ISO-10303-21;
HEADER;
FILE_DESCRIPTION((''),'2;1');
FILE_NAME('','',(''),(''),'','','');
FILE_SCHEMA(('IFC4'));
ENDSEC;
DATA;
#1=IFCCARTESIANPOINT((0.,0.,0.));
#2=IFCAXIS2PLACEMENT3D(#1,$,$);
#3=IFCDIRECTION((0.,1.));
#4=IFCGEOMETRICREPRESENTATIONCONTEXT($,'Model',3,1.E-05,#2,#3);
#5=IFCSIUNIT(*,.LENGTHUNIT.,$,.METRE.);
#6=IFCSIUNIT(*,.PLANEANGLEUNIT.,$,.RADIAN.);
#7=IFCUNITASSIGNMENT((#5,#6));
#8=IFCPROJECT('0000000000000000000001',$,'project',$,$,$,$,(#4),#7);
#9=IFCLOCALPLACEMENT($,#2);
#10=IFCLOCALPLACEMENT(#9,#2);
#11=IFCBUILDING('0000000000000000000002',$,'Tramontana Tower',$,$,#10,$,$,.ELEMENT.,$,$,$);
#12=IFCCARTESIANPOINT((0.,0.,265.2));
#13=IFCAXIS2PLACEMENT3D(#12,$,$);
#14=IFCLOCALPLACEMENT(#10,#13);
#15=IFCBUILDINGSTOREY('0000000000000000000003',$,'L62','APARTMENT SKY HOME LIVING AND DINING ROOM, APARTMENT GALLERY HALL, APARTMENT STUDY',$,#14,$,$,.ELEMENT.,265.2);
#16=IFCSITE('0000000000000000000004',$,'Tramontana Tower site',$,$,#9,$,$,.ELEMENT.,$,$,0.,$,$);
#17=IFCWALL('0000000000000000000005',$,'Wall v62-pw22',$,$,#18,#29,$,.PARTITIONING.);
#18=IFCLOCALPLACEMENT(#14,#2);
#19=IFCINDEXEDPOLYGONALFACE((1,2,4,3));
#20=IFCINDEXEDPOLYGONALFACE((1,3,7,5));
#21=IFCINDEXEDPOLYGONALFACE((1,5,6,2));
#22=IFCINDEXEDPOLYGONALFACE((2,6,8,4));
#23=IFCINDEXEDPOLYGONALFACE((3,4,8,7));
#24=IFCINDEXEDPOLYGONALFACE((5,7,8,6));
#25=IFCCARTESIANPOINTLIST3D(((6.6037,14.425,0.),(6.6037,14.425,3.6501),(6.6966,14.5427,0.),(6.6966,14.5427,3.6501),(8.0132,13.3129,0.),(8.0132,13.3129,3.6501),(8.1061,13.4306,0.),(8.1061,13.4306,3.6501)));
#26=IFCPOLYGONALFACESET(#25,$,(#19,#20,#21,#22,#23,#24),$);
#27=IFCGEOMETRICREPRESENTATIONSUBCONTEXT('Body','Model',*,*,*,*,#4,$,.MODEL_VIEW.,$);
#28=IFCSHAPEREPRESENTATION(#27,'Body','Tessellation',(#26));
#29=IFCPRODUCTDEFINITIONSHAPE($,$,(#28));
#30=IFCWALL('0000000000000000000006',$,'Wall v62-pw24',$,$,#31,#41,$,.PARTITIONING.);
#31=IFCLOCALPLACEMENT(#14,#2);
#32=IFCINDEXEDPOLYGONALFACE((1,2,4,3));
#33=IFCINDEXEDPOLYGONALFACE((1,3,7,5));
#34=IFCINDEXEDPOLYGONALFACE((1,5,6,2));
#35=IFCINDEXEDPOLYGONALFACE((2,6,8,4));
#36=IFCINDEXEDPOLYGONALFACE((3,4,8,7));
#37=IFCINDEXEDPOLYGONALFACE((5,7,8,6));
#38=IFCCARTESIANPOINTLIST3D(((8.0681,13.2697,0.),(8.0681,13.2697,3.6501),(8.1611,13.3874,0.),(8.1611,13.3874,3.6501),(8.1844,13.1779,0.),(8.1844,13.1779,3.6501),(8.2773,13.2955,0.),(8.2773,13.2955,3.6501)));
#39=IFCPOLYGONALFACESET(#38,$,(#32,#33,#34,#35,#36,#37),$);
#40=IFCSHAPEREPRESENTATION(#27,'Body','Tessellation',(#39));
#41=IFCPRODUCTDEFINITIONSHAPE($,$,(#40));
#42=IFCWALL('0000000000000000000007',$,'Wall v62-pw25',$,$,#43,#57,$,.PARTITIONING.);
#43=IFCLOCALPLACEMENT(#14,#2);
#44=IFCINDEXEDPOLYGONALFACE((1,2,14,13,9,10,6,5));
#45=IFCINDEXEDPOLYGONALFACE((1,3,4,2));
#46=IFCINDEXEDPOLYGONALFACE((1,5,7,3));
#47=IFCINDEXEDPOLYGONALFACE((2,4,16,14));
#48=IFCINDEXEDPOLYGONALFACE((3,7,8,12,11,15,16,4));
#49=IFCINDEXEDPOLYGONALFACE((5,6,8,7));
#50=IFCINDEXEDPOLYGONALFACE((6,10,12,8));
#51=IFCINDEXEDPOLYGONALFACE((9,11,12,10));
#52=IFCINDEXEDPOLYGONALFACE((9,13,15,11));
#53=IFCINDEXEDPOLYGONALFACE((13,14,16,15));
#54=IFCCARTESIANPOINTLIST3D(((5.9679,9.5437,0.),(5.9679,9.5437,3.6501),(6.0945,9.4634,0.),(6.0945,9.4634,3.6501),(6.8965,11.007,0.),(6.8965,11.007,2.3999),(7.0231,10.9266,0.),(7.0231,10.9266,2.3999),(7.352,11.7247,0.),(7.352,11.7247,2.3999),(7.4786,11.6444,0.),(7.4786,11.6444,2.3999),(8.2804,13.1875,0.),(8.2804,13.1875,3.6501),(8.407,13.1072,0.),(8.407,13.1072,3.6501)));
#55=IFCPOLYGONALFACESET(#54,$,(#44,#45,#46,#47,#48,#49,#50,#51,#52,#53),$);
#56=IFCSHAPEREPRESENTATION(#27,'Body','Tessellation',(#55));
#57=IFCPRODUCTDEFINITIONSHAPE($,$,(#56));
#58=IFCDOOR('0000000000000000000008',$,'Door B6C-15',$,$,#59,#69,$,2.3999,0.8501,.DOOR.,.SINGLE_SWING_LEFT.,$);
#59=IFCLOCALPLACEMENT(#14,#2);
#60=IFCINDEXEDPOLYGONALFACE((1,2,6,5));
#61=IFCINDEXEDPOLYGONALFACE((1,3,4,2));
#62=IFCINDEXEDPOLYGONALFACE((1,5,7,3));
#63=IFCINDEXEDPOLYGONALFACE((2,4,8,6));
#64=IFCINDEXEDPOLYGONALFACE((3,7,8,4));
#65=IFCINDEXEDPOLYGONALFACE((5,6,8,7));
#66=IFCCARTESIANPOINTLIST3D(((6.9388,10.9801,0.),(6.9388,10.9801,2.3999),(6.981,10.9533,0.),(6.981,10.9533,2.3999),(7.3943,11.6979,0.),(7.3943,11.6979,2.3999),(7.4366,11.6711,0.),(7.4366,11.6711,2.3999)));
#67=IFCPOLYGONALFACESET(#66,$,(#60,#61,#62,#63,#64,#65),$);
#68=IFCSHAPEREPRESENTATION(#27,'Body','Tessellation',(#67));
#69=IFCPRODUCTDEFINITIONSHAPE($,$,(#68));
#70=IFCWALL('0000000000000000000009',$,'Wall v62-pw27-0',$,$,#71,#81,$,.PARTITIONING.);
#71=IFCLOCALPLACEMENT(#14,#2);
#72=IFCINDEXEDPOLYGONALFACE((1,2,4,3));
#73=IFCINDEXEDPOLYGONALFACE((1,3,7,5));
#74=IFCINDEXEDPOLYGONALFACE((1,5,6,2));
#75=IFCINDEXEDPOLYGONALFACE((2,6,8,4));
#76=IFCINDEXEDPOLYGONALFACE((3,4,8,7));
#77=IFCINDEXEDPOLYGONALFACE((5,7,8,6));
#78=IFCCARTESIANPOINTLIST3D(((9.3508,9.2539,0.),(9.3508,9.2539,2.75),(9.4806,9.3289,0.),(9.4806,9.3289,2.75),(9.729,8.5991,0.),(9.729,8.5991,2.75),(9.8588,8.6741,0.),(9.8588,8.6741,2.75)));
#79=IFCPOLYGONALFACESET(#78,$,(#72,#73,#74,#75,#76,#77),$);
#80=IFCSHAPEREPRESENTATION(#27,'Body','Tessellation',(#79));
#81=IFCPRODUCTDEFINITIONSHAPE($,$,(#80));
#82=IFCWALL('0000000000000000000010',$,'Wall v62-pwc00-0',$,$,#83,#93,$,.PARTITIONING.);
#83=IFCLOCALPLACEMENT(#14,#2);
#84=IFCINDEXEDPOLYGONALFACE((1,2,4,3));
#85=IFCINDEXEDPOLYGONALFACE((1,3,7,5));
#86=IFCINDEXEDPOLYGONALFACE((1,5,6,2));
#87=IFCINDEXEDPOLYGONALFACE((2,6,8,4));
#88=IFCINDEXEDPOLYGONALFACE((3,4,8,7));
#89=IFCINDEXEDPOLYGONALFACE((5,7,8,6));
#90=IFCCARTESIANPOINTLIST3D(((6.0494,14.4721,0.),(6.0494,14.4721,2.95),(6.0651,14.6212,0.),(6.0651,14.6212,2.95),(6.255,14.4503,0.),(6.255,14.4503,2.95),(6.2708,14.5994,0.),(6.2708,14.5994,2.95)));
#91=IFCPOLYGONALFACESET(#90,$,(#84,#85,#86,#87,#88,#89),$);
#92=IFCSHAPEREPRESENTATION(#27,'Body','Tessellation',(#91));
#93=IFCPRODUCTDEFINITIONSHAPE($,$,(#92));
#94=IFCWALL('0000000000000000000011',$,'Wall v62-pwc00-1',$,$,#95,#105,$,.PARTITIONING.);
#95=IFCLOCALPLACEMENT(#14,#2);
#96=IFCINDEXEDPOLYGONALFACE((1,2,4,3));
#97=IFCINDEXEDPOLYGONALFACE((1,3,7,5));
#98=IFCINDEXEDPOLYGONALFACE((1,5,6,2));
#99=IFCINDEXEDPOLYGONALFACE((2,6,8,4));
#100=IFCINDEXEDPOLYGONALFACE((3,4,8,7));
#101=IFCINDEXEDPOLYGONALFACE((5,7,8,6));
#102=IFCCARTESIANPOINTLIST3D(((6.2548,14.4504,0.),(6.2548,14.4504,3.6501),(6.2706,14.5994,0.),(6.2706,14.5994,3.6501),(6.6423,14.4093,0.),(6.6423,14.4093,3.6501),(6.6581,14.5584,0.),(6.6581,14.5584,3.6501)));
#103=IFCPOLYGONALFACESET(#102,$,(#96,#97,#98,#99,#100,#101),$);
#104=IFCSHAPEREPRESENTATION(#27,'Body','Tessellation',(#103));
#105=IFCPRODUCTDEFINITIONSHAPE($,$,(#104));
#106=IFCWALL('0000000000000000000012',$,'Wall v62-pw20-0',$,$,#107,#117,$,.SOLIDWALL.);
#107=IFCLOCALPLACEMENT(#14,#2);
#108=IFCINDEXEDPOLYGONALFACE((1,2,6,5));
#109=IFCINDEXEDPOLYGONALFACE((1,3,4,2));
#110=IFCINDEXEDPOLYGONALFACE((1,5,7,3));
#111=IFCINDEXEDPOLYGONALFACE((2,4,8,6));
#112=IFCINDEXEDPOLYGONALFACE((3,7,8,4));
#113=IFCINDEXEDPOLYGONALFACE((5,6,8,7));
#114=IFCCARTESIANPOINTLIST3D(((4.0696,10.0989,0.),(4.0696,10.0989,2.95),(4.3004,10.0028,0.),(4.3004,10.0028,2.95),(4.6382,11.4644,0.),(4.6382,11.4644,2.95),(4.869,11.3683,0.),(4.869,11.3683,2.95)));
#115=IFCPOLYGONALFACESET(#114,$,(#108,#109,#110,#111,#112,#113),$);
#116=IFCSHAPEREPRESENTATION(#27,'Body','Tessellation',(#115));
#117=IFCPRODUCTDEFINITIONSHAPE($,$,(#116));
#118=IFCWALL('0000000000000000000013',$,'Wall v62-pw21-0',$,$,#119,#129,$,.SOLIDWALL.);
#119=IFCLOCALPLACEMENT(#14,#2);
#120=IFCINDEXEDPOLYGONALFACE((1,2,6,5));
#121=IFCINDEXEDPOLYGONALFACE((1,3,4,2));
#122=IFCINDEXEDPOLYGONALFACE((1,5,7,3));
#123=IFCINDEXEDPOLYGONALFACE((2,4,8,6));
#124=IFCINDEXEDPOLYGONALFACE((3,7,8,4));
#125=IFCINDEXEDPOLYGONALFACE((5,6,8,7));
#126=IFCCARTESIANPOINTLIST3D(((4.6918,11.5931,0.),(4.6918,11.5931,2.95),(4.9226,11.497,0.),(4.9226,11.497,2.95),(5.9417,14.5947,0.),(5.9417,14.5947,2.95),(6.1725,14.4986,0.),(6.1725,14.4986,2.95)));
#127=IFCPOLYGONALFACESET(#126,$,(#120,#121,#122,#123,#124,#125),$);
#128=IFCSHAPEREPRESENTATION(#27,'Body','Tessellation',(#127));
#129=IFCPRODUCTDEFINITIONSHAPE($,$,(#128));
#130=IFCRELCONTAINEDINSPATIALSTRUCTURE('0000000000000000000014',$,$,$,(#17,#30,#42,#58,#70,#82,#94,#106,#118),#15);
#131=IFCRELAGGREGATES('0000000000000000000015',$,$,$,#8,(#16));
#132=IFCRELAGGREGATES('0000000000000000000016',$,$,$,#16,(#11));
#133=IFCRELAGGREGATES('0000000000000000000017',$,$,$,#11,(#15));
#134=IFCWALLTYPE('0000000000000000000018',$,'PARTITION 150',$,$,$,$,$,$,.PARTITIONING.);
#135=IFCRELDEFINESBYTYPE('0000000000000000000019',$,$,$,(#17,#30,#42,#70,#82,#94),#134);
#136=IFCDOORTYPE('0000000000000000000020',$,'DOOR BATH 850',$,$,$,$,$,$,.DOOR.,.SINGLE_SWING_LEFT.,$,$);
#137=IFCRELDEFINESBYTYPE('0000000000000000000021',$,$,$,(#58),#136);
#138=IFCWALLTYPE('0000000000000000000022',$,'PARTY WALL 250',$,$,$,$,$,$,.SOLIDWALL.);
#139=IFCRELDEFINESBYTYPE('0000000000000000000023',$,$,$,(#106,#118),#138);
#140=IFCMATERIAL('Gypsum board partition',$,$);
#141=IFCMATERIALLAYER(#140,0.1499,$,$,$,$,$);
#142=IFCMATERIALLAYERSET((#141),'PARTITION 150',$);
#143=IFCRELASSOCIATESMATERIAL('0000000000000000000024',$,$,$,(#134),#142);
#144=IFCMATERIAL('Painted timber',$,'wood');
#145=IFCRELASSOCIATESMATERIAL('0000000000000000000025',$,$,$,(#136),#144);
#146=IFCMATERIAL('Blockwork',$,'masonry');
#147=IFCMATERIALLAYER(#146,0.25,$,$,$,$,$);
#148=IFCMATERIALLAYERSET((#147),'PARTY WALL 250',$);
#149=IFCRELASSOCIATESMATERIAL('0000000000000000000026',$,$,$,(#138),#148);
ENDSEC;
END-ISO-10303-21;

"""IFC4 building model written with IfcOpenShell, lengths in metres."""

from ifc_helpers import new_model, si_unit, direction, frame, frame_2d, origin, place, context, subcontext, project, spatial, rectangle, extrude, material, layer, layer_set, type_object, element, fill, save


model = new_model("IFC4")

# Units and contexts
model_context = context("Model", 3, precision=1e-05, world=origin(), true_north=direction((0.0, 1.0)))
body_context = subcontext(model_context, "Body", "Model", "MODEL_VIEW")
ifc_project = project(units=[si_unit("LENGTHUNIT", "METRE"), si_unit("PLANEANGLEUNIT", "RADIAN")], contexts=[model_context])

# Site, building, storey
site_placement = place(None, origin())
site = spatial("IfcSite", under=ifc_project, at=site_placement, Name="Tramontana Tower site", CompositionType="ELEMENT", RefElevation=0.0)
building_placement = place(site_placement, origin())
building = spatial("IfcBuilding", under=site, at=building_placement, Name="Tramontana Tower", CompositionType="ELEMENT")
storey_placement = place(building_placement, frame((0.0, 0.0, 265.2)))
storey = spatial("IfcBuildingStorey", under=building, at=storey_placement, Name="L62", Description="APARTMENT SKY HOME LIVING AND DINING ROOM, APARTMENT GALLERY HALL, APARTMENT STUDY", CompositionType="ELEMENT", Elevation=265.2)

# Shared definitions
ifc_material_1 = material(Name="Gypsum board partition")
ifc_layer_1 = layer(ifc_material_1, 0.1499)
ifc_layer_set_1 = layer_set([ifc_layer_1], Name="PARTITION 150")
wall_type_1 = type_object("IfcWallType", Name="PARTITION 150", PredefinedType="PARTITIONING", material=ifc_layer_set_1)

# Walls
wall_1_placement = place(storey_placement, frame((6.6501, 14.4839, 0.0), z_axis=(0.0, 0.0, 1.0), x_axis=(0.785057, -0.619424, 0.0)))
element("IfcWall", 1, at=wall_1_placement, inside=storey, type_object=wall_type_1, Name="Wall v62-pw22", PredefinedType="PARTITIONING", context=body_context, shape_type="SweptSolid", body=[
    extrude(rectangle(XDim=1.7954, YDim=0.1499, at=frame_2d((0.8977, 0.0))), origin(), (0.0, 0.0, 1.0), 3.6501),
])
wall_2_placement = place(storey_placement, frame((8.1145, 13.3286, 0.0), z_axis=(0.0, 0.0, 1.0), x_axis=(0.784714, -0.619858, 0.0)))
element("IfcWall", 2, at=wall_2_placement, inside=storey, type_object=wall_type_1, Name="Wall v62-pw24", PredefinedType="PARTITIONING", context=body_context, shape_type="SweptSolid", body=[
    extrude(rectangle(XDim=0.1482, YDim=0.1499, at=frame_2d((0.0742, 0.0))), origin(), (0.0, 0.0, 1.0), 3.6501),
])

# Wall, opening, door
wall_3_placement = place(storey_placement, frame((6.0312, 9.5037, 0.0), z_axis=(0.0, 0.0, 1.0), x_axis=(0.535839, 0.84432, 0.0)))
wall_3 = element("IfcWall", 3, at=wall_3_placement, inside=storey, type_object=wall_type_1, Name="Wall v62-pw25", PredefinedType="PARTITIONING", context=body_context, shape_type="SweptSolid", body=[
    extrude(rectangle(XDim=4.3157, YDim=0.1499, at=frame_2d((2.1577, 0.0))), origin(), (0.0, 0.0, 1.0), 3.6501),
])
opening_1_placement = place(wall_3_placement, frame((1.7329, 0.0, 0.0)))
opening_1 = element("IfcOpeningElement", 4, at=opening_1_placement, cuts=wall_3, PredefinedType="OPENING", context=body_context, shape_type="SweptSolid", body=[
    extrude(rectangle(XDim=0.8501, YDim=2.3999, at=frame_2d((0.425, 1.2))), frame((0.0, 0.085, 0.0), z_axis=(0.0, -1.0, 0.0), x_axis=(1.0, 0.0, 0.0)), (0.0, 0.0, 1.0), 0.1699),
])
ifc_material_2 = material(Name="Painted timber", Category="wood")
door_type_1 = type_object("IfcDoorType", Name="DOOR BATH 850", OperationType="SINGLE_SWING_LEFT", PredefinedType="DOOR", material=ifc_material_2)
door_1_placement = place(opening_1_placement, origin())
door_1 = element("IfcDoor", 5, at=door_1_placement, inside=storey, type_object=door_type_1, Name="Door B6C-15", OperationType="SINGLE_SWING_LEFT", OverallHeight=2.3999, OverallWidth=0.8501, PredefinedType="DOOR", context=body_context, shape_type="SweptSolid", body=[
    extrude(rectangle(XDim=0.8501, YDim=2.3999, at=frame_2d((0.425, 1.2))), frame((0.0, 0.0249, 0.0), z_axis=(0.0, -1.0, 0.0), x_axis=(1.0, 0.0, 0.0)), (0.0, 0.0, 1.0), 0.05),
])
fill(opening_1, door_1)

# Walls
wall_4_placement = place(storey_placement, frame((9.4158, 9.2913, 0.0), z_axis=(0.0, 0.0, 1.0), x_axis=(0.500132, -0.865949, 0.0)))
element("IfcWall", 6, at=wall_4_placement, inside=storey, type_object=wall_type_1, Name="Wall v62-pw27-0", PredefinedType="PARTITIONING", context=body_context, shape_type="SweptSolid", body=[
    extrude(rectangle(XDim=0.7561, YDim=0.1499, at=frame_2d((0.3779, 0.0))), origin(), (0.0, 0.0, 1.0), 2.75),
])
wall_5_placement = place(storey_placement, frame((6.0571, 14.5466, 0.0), z_axis=(0.0, 0.0, 1.0), x_axis=(0.99446, -0.105115, 0.0)))
element("IfcWall", 7, at=wall_5_placement, inside=storey, type_object=wall_type_1, Name="Wall v62-pwc00-0", PredefinedType="PARTITIONING", context=body_context, shape_type="SweptSolid", body=[
    extrude(rectangle(XDim=0.2068, YDim=0.1499, at=frame_2d((0.1035, 0.0))), origin(), (0.0, 0.0, 1.0), 2.95),
])
wall_6_placement = place(storey_placement, frame((6.2627, 14.5249, 0.0), z_axis=(0.0, 0.0, 1.0), x_axis=(0.994443, -0.105272, 0.0)))
element("IfcWall", 8, at=wall_6_placement, inside=storey, type_object=wall_type_1, Name="Wall v62-pwc00-1", PredefinedType="PARTITIONING", context=body_context, shape_type="SweptSolid", body=[
    extrude(rectangle(XDim=0.3896, YDim=0.1499, at=frame_2d((0.1948, 0.0))), origin(), (0.0, 0.0, 1.0), 3.6501),
])
ifc_material_3 = material(Name="Blockwork", Category="masonry")
ifc_layer_2 = layer(ifc_material_3, 0.25)
ifc_layer_set_2 = layer_set([ifc_layer_2], Name="PARTY WALL 250")
wall_type_2 = type_object("IfcWallType", Name="PARTY WALL 250", PredefinedType="SOLIDWALL", material=ifc_layer_set_2)
wall_7_placement = place(storey_placement, frame((4.7537, 11.4165, 0.0), z_axis=(0.0, 0.0, 1.0), x_axis=(-0.384416, -0.92316, 0.0)))
element("IfcWall", 9, at=wall_7_placement, inside=storey, type_object=wall_type_2, Name="Wall v62-pw20-0", PredefinedType="SOLIDWALL", context=body_context, shape_type="SweptSolid", body=[
    extrude(rectangle(XDim=1.4792, YDim=0.25, at=frame_2d((0.7397, 0.0))), origin(), (0.0, 0.0, 1.0), 2.95),
])
wall_8_placement = place(storey_placement, frame((6.0571, 14.5466, 0.0), z_axis=(0.0, 0.0, 1.0), x_axis=(-0.384429, -0.923155, 0.0)))
element("IfcWall", 10, at=wall_8_placement, inside=storey, type_object=wall_type_2, Name="Wall v62-pw21-0", PredefinedType="SOLIDWALL", context=body_context, shape_type="SweptSolid", body=[
    extrude(rectangle(XDim=3.2515, YDim=0.25, at=frame_2d((1.6257, 0.0))), origin(), (0.0, 0.0, 1.0), 2.95),
])

save(model, "model.ifc")
